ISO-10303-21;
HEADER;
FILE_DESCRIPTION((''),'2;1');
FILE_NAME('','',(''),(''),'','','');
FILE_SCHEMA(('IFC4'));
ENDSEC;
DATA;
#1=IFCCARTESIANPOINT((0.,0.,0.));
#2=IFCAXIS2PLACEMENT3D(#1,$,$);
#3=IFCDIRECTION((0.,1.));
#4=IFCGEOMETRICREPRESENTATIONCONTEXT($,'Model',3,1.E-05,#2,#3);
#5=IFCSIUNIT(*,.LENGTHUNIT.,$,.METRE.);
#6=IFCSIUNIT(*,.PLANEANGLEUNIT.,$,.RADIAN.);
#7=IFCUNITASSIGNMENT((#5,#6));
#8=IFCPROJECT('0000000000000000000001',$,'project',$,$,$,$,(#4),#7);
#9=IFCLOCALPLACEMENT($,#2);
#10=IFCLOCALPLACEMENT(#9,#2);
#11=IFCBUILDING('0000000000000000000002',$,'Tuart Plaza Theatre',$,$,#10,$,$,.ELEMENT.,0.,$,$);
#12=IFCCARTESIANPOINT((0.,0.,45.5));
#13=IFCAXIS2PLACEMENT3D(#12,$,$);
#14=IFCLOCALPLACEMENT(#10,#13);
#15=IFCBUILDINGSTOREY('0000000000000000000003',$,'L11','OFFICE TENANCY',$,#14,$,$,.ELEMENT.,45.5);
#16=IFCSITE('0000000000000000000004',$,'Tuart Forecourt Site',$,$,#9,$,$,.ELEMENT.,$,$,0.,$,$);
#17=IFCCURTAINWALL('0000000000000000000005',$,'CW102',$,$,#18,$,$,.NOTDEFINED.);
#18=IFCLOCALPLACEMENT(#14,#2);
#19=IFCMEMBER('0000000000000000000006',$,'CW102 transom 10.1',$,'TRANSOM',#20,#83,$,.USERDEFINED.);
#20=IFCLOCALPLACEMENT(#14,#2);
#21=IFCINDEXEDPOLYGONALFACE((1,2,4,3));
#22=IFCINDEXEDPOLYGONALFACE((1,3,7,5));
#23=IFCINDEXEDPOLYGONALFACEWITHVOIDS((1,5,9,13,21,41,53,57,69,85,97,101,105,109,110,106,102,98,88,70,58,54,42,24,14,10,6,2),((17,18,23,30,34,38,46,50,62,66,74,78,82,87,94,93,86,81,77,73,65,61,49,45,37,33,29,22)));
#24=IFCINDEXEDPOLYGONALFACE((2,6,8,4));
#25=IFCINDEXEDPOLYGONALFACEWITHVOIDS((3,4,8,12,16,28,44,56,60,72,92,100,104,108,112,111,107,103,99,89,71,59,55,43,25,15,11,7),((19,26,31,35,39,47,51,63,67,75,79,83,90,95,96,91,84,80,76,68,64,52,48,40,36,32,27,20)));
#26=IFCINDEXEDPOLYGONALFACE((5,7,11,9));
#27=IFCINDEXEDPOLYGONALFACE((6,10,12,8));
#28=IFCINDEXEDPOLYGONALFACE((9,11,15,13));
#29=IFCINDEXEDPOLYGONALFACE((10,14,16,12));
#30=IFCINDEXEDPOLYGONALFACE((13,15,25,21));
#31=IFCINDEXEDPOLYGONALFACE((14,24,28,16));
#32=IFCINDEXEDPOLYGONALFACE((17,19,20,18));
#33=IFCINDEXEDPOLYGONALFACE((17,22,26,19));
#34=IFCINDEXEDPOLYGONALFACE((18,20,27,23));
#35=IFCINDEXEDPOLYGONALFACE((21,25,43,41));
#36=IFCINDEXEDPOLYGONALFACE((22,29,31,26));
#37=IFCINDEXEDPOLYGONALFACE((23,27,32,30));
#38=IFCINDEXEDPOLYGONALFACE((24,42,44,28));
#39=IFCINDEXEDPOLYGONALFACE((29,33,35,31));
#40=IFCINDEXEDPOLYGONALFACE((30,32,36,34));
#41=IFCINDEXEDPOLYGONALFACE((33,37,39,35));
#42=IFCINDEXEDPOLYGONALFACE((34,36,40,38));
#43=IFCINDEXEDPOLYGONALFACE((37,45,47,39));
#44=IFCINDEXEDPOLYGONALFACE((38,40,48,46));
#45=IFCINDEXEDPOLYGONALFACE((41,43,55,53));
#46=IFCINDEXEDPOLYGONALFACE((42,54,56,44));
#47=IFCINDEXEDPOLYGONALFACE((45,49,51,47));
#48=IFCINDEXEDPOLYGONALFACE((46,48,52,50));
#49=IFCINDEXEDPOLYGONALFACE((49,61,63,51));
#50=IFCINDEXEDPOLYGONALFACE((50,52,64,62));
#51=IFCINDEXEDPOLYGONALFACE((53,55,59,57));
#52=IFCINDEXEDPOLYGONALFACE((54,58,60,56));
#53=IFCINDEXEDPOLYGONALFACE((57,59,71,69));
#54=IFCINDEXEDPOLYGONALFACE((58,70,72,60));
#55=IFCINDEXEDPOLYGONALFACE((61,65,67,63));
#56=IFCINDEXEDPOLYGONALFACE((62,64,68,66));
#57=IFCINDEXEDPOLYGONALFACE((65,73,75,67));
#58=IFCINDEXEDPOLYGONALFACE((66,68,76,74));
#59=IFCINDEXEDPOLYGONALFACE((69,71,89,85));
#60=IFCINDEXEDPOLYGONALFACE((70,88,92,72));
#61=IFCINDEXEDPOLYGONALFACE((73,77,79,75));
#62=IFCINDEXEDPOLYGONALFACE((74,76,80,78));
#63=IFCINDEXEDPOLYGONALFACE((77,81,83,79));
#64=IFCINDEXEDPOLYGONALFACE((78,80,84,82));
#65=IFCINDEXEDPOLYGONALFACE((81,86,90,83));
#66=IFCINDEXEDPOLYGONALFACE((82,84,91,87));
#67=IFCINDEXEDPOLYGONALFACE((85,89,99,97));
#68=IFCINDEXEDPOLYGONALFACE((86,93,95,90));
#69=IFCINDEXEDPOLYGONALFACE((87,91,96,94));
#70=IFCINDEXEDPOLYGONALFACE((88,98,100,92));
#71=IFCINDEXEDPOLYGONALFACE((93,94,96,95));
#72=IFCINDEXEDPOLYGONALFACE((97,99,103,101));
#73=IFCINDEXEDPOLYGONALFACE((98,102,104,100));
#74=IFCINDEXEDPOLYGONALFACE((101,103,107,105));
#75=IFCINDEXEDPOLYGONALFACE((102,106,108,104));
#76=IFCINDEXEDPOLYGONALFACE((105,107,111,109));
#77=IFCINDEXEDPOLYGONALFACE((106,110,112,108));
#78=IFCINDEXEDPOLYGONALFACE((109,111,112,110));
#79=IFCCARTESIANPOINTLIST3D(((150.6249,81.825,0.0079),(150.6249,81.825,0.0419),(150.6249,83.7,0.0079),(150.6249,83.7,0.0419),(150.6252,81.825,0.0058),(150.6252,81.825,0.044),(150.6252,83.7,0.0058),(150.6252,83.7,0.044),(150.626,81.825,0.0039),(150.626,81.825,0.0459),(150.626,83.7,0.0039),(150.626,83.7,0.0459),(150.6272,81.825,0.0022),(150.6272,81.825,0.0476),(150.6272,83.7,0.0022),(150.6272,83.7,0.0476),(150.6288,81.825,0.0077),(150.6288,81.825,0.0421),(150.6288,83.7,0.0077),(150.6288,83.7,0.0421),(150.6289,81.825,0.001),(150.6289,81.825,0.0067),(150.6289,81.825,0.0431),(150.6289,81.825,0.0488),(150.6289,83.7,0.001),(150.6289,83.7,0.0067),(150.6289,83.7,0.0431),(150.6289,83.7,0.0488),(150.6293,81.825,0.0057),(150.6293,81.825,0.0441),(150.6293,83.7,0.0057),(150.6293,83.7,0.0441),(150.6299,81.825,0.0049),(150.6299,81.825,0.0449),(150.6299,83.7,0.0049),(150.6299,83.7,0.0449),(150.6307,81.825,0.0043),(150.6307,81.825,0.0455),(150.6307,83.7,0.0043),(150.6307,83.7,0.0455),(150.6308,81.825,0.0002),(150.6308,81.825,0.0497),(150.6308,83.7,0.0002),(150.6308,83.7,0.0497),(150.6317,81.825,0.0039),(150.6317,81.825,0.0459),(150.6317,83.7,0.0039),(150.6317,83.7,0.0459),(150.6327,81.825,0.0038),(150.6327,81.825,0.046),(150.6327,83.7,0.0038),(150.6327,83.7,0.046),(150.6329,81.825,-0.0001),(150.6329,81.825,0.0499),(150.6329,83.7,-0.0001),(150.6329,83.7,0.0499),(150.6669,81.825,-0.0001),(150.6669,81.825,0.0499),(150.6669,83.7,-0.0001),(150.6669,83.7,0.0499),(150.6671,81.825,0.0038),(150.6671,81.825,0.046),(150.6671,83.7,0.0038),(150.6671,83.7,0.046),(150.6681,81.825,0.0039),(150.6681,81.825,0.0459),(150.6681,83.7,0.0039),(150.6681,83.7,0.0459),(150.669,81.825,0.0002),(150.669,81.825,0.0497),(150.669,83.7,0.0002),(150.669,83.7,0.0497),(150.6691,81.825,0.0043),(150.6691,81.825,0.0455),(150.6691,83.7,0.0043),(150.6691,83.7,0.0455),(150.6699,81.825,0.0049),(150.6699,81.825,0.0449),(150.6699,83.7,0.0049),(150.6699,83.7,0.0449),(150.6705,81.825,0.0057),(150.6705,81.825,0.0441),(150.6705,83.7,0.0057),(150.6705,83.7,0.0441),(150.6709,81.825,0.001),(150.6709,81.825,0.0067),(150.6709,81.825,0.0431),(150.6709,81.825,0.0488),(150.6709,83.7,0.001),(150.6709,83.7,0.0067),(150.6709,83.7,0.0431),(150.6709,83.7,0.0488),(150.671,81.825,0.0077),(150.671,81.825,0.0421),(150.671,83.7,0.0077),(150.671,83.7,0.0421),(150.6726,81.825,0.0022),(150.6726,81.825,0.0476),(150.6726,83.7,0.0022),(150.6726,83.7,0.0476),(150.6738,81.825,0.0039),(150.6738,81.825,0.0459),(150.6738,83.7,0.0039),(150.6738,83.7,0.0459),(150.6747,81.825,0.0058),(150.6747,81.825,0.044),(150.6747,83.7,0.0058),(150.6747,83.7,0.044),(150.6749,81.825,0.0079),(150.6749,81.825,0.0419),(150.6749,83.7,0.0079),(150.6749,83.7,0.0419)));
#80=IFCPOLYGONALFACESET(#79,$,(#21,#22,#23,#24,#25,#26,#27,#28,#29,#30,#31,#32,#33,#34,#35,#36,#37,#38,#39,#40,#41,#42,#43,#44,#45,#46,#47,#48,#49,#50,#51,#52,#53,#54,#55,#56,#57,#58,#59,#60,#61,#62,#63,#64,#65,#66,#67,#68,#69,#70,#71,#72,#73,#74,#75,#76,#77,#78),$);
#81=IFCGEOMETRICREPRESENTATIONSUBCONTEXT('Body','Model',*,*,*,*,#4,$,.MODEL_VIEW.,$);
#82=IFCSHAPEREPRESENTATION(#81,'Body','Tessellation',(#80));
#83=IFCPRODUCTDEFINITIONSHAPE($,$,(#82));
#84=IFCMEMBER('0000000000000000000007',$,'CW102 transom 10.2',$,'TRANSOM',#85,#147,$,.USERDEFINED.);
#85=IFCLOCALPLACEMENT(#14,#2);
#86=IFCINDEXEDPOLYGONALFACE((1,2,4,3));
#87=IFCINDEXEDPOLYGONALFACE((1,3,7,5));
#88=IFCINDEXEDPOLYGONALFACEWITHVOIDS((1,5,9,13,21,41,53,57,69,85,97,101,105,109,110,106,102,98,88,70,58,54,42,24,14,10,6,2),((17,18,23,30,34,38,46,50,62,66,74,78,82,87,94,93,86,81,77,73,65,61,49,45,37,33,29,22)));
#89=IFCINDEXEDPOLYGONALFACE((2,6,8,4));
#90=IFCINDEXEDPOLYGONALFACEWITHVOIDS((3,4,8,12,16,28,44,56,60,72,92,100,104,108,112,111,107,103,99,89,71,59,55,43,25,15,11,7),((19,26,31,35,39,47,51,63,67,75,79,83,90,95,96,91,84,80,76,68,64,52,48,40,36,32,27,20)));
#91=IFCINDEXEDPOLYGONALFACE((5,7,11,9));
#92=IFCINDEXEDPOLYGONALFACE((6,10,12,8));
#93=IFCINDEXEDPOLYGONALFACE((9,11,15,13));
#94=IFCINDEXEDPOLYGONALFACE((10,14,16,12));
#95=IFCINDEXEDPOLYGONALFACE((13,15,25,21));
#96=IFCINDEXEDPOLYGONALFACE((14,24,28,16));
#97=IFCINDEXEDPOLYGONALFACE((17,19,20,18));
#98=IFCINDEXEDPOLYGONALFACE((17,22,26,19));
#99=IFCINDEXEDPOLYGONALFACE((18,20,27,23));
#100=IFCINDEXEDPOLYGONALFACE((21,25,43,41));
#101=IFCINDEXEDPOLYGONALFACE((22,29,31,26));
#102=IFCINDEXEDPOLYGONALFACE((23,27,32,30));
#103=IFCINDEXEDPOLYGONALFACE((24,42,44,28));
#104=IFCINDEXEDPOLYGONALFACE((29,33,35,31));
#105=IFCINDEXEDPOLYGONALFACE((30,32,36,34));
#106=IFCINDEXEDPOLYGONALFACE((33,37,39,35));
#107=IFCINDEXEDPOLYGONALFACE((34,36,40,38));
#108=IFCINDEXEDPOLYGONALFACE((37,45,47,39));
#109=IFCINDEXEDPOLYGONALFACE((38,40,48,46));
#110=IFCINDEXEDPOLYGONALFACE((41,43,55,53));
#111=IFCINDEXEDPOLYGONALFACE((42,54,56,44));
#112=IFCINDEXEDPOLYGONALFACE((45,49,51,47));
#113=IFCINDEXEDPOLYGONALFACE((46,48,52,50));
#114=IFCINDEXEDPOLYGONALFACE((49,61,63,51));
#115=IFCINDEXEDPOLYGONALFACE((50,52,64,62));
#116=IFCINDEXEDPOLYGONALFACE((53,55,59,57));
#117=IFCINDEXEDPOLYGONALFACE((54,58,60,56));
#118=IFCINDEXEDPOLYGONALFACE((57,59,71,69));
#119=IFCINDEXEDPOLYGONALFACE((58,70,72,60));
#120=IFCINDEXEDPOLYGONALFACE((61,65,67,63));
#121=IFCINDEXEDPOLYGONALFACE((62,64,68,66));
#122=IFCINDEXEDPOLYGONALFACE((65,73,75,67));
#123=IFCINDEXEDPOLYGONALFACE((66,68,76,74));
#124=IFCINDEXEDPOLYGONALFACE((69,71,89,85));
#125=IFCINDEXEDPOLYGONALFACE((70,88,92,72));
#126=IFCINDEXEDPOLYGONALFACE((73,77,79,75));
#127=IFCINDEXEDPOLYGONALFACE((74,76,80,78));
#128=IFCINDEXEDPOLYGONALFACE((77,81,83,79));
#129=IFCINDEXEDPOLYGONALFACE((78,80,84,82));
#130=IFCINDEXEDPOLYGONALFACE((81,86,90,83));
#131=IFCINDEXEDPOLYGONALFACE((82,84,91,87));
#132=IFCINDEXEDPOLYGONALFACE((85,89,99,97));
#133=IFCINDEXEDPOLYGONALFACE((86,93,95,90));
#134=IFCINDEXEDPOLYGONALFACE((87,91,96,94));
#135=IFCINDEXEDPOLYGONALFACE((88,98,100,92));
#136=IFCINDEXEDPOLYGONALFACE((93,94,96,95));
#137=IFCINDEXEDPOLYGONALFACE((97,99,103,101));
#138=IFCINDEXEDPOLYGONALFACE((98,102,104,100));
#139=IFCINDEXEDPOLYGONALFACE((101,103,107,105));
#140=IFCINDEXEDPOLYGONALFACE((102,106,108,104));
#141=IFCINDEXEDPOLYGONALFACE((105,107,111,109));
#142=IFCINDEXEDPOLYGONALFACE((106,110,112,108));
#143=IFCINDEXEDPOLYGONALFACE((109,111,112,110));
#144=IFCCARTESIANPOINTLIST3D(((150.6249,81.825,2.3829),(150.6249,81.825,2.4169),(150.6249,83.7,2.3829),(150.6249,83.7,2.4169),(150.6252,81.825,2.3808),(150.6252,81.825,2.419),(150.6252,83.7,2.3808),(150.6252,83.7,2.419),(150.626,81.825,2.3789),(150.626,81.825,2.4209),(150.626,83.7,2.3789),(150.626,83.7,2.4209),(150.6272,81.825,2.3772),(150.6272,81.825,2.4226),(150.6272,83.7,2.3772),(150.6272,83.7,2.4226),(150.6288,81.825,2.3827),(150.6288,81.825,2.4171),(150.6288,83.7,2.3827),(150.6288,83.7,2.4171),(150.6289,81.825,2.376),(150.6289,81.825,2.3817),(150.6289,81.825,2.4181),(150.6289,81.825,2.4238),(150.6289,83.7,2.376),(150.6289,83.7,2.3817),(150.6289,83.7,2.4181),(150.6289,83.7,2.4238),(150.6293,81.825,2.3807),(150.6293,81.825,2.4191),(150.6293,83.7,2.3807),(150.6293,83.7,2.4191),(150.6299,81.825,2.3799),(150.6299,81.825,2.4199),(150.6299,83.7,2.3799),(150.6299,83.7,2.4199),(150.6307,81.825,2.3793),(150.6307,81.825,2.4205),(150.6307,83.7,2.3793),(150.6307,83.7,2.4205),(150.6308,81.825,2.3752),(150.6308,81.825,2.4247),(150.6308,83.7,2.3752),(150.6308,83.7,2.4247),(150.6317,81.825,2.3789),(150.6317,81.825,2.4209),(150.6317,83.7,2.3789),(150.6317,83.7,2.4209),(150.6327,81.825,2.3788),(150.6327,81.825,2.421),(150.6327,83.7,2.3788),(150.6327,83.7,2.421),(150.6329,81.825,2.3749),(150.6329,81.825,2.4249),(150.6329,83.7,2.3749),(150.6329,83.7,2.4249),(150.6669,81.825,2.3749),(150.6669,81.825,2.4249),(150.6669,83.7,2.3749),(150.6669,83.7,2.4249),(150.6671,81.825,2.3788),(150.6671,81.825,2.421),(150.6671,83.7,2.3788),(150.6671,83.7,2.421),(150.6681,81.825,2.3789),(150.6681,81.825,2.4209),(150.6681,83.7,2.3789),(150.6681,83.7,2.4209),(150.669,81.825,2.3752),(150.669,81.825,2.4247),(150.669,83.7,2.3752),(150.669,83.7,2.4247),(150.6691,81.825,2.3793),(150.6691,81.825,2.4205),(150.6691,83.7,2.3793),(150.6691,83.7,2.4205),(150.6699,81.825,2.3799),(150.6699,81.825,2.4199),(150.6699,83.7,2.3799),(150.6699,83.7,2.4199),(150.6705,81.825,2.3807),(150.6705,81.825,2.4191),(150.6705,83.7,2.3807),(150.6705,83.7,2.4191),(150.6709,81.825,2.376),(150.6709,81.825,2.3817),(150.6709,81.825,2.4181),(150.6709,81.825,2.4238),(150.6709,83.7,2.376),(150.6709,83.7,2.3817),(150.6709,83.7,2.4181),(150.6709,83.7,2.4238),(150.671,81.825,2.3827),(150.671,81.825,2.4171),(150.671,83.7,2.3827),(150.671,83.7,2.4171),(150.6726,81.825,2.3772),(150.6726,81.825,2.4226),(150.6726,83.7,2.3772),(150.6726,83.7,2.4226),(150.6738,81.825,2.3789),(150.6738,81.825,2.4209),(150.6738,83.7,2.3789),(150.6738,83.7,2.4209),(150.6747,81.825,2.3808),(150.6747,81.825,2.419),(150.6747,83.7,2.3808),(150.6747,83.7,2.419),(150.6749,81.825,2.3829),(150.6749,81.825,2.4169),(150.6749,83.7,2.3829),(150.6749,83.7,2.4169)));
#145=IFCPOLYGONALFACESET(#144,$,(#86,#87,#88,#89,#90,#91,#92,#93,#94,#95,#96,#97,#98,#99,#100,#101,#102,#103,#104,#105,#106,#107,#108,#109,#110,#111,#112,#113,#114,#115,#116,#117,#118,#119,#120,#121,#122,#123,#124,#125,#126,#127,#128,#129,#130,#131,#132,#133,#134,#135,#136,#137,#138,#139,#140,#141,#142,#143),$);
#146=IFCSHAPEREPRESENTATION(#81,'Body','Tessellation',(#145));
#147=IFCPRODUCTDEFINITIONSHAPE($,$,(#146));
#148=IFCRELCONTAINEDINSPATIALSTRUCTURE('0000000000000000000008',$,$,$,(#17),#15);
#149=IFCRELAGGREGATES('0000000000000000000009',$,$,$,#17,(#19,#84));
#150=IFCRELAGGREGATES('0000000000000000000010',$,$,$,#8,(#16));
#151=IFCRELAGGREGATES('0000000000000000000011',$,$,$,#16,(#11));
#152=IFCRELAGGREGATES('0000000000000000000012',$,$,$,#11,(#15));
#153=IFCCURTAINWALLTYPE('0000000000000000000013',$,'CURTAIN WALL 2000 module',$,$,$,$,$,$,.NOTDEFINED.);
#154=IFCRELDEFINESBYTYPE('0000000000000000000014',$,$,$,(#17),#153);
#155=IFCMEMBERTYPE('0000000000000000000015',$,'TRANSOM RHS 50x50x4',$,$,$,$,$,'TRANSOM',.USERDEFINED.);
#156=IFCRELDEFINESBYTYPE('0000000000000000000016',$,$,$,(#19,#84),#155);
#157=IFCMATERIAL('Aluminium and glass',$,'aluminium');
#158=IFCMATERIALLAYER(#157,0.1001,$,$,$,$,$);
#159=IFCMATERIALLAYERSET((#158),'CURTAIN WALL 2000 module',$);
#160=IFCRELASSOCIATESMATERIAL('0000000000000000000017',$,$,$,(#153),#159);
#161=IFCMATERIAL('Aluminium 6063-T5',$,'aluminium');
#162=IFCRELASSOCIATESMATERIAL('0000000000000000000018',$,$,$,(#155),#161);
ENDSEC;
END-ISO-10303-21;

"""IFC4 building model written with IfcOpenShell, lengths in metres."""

from ifc_helpers import new_model, si_unit, direction, frame, origin, origin_2d, place, context, subcontext, project, spatial, hollow_rectangle, extrude, material, layer, layer_set, material_profile, profile_set, type_object, element, aggregate, save


model = new_model("IFC4")

# Units and contexts
model_context = context("Model", 3, precision=1e-05, world=origin(), true_north=direction((0.0, 1.0)))
body_context = subcontext(model_context, "Body", "Model", "MODEL_VIEW")
ifc_project = project(units=[si_unit("LENGTHUNIT", "METRE"), si_unit("PLANEANGLEUNIT", "RADIAN")], contexts=[model_context])

# Site, building, storey
site_placement = place(None, origin())
site = spatial("IfcSite", under=ifc_project, at=site_placement, Name="Tuart Forecourt Site", CompositionType="ELEMENT", RefElevation=0.0)
building_placement = place(site_placement, origin())
building = spatial("IfcBuilding", under=site, at=building_placement, Name="Tuart Plaza Theatre", CompositionType="ELEMENT", ElevationOfRefHeight=0.0)
storey_placement = place(building_placement, frame((0.0, 0.0, 45.5)))
storey = spatial("IfcBuildingStorey", under=building, at=storey_placement, Name="L11", Description="OFFICE TENANCY", CompositionType="ELEMENT", Elevation=45.5)

# Curtain wall
ifc_material_1 = material(Name="Aluminium and glass", Category="aluminium")
ifc_layer_1 = layer(ifc_material_1, 0.1001)
ifc_layer_set_1 = layer_set([ifc_layer_1], Name="CURTAIN WALL 2000 module")
curtain_wall_type = type_object("IfcCurtainWallType", Name="CURTAIN WALL 2000 module", PredefinedType="NOTDEFINED", material=ifc_layer_set_1)
curtain_wall_1_placement = place(storey_placement, origin())
curtain_wall_1 = element("IfcCurtainWall", 1, at=curtain_wall_1_placement, inside=storey, type_object=curtain_wall_type, Name="CW102", PredefinedType="NOTDEFINED")

# Members
ifc_material_2 = material(Name="Aluminium 6063-T5", Category="aluminium")
ifc_material_profile_1 = material_profile(ifc_material_2, hollow_rectangle(XDim=0.05, YDim=0.05, WallThickness=0.0039, InnerFilletRadius=0.0039, OuterFilletRadius=0.0081, at=origin_2d()), Name="RHS 50x50x4")
ifc_profile_set_1 = profile_set([ifc_material_profile_1], Name="Aluminium 6063-T5")
member_type_1 = type_object("IfcMemberType", Name="TRANSOM RHS 50x50x4", ElementType="TRANSOM", PredefinedType="USERDEFINED", material=ifc_profile_set_1)
member_1_placement = place(storey_placement, frame((150.6499, 81.825, 0.0249), z_axis=(0.0, 1.0, 0.0), x_axis=(-1.0, 0.0, 0.0)))
member_1 = element("IfcMember", 2, at=member_1_placement, type_object=member_type_1, Name="CW102 transom 10.1", ObjectType="TRANSOM", PredefinedType="USERDEFINED", context=body_context, shape_type="SweptSolid", body=[
    extrude(hollow_rectangle(XDim=0.05, YDim=0.05, WallThickness=0.0039, InnerFilletRadius=0.0039, OuterFilletRadius=0.0081, at=origin_2d()), origin(), (0.0, 0.0, 1.0), 1.875),
])
member_2_placement = place(storey_placement, frame((150.6499, 81.825, 2.3999), z_axis=(0.0, 1.0, 0.0), x_axis=(-1.0, 0.0, 0.0)))
member_2 = element("IfcMember", 3, at=member_2_placement, type_object=member_type_1, Name="CW102 transom 10.2", ObjectType="TRANSOM", PredefinedType="USERDEFINED", context=body_context, shape_type="SweptSolid", body=[
    extrude(hollow_rectangle(XDim=0.05, YDim=0.05, WallThickness=0.0039, InnerFilletRadius=0.0039, OuterFilletRadius=0.0081, at=origin_2d()), origin(), (0.0, 0.0, 1.0), 1.875),
])

aggregate(curtain_wall_1, [member_1, member_2])

save(model, "model.ifc")
